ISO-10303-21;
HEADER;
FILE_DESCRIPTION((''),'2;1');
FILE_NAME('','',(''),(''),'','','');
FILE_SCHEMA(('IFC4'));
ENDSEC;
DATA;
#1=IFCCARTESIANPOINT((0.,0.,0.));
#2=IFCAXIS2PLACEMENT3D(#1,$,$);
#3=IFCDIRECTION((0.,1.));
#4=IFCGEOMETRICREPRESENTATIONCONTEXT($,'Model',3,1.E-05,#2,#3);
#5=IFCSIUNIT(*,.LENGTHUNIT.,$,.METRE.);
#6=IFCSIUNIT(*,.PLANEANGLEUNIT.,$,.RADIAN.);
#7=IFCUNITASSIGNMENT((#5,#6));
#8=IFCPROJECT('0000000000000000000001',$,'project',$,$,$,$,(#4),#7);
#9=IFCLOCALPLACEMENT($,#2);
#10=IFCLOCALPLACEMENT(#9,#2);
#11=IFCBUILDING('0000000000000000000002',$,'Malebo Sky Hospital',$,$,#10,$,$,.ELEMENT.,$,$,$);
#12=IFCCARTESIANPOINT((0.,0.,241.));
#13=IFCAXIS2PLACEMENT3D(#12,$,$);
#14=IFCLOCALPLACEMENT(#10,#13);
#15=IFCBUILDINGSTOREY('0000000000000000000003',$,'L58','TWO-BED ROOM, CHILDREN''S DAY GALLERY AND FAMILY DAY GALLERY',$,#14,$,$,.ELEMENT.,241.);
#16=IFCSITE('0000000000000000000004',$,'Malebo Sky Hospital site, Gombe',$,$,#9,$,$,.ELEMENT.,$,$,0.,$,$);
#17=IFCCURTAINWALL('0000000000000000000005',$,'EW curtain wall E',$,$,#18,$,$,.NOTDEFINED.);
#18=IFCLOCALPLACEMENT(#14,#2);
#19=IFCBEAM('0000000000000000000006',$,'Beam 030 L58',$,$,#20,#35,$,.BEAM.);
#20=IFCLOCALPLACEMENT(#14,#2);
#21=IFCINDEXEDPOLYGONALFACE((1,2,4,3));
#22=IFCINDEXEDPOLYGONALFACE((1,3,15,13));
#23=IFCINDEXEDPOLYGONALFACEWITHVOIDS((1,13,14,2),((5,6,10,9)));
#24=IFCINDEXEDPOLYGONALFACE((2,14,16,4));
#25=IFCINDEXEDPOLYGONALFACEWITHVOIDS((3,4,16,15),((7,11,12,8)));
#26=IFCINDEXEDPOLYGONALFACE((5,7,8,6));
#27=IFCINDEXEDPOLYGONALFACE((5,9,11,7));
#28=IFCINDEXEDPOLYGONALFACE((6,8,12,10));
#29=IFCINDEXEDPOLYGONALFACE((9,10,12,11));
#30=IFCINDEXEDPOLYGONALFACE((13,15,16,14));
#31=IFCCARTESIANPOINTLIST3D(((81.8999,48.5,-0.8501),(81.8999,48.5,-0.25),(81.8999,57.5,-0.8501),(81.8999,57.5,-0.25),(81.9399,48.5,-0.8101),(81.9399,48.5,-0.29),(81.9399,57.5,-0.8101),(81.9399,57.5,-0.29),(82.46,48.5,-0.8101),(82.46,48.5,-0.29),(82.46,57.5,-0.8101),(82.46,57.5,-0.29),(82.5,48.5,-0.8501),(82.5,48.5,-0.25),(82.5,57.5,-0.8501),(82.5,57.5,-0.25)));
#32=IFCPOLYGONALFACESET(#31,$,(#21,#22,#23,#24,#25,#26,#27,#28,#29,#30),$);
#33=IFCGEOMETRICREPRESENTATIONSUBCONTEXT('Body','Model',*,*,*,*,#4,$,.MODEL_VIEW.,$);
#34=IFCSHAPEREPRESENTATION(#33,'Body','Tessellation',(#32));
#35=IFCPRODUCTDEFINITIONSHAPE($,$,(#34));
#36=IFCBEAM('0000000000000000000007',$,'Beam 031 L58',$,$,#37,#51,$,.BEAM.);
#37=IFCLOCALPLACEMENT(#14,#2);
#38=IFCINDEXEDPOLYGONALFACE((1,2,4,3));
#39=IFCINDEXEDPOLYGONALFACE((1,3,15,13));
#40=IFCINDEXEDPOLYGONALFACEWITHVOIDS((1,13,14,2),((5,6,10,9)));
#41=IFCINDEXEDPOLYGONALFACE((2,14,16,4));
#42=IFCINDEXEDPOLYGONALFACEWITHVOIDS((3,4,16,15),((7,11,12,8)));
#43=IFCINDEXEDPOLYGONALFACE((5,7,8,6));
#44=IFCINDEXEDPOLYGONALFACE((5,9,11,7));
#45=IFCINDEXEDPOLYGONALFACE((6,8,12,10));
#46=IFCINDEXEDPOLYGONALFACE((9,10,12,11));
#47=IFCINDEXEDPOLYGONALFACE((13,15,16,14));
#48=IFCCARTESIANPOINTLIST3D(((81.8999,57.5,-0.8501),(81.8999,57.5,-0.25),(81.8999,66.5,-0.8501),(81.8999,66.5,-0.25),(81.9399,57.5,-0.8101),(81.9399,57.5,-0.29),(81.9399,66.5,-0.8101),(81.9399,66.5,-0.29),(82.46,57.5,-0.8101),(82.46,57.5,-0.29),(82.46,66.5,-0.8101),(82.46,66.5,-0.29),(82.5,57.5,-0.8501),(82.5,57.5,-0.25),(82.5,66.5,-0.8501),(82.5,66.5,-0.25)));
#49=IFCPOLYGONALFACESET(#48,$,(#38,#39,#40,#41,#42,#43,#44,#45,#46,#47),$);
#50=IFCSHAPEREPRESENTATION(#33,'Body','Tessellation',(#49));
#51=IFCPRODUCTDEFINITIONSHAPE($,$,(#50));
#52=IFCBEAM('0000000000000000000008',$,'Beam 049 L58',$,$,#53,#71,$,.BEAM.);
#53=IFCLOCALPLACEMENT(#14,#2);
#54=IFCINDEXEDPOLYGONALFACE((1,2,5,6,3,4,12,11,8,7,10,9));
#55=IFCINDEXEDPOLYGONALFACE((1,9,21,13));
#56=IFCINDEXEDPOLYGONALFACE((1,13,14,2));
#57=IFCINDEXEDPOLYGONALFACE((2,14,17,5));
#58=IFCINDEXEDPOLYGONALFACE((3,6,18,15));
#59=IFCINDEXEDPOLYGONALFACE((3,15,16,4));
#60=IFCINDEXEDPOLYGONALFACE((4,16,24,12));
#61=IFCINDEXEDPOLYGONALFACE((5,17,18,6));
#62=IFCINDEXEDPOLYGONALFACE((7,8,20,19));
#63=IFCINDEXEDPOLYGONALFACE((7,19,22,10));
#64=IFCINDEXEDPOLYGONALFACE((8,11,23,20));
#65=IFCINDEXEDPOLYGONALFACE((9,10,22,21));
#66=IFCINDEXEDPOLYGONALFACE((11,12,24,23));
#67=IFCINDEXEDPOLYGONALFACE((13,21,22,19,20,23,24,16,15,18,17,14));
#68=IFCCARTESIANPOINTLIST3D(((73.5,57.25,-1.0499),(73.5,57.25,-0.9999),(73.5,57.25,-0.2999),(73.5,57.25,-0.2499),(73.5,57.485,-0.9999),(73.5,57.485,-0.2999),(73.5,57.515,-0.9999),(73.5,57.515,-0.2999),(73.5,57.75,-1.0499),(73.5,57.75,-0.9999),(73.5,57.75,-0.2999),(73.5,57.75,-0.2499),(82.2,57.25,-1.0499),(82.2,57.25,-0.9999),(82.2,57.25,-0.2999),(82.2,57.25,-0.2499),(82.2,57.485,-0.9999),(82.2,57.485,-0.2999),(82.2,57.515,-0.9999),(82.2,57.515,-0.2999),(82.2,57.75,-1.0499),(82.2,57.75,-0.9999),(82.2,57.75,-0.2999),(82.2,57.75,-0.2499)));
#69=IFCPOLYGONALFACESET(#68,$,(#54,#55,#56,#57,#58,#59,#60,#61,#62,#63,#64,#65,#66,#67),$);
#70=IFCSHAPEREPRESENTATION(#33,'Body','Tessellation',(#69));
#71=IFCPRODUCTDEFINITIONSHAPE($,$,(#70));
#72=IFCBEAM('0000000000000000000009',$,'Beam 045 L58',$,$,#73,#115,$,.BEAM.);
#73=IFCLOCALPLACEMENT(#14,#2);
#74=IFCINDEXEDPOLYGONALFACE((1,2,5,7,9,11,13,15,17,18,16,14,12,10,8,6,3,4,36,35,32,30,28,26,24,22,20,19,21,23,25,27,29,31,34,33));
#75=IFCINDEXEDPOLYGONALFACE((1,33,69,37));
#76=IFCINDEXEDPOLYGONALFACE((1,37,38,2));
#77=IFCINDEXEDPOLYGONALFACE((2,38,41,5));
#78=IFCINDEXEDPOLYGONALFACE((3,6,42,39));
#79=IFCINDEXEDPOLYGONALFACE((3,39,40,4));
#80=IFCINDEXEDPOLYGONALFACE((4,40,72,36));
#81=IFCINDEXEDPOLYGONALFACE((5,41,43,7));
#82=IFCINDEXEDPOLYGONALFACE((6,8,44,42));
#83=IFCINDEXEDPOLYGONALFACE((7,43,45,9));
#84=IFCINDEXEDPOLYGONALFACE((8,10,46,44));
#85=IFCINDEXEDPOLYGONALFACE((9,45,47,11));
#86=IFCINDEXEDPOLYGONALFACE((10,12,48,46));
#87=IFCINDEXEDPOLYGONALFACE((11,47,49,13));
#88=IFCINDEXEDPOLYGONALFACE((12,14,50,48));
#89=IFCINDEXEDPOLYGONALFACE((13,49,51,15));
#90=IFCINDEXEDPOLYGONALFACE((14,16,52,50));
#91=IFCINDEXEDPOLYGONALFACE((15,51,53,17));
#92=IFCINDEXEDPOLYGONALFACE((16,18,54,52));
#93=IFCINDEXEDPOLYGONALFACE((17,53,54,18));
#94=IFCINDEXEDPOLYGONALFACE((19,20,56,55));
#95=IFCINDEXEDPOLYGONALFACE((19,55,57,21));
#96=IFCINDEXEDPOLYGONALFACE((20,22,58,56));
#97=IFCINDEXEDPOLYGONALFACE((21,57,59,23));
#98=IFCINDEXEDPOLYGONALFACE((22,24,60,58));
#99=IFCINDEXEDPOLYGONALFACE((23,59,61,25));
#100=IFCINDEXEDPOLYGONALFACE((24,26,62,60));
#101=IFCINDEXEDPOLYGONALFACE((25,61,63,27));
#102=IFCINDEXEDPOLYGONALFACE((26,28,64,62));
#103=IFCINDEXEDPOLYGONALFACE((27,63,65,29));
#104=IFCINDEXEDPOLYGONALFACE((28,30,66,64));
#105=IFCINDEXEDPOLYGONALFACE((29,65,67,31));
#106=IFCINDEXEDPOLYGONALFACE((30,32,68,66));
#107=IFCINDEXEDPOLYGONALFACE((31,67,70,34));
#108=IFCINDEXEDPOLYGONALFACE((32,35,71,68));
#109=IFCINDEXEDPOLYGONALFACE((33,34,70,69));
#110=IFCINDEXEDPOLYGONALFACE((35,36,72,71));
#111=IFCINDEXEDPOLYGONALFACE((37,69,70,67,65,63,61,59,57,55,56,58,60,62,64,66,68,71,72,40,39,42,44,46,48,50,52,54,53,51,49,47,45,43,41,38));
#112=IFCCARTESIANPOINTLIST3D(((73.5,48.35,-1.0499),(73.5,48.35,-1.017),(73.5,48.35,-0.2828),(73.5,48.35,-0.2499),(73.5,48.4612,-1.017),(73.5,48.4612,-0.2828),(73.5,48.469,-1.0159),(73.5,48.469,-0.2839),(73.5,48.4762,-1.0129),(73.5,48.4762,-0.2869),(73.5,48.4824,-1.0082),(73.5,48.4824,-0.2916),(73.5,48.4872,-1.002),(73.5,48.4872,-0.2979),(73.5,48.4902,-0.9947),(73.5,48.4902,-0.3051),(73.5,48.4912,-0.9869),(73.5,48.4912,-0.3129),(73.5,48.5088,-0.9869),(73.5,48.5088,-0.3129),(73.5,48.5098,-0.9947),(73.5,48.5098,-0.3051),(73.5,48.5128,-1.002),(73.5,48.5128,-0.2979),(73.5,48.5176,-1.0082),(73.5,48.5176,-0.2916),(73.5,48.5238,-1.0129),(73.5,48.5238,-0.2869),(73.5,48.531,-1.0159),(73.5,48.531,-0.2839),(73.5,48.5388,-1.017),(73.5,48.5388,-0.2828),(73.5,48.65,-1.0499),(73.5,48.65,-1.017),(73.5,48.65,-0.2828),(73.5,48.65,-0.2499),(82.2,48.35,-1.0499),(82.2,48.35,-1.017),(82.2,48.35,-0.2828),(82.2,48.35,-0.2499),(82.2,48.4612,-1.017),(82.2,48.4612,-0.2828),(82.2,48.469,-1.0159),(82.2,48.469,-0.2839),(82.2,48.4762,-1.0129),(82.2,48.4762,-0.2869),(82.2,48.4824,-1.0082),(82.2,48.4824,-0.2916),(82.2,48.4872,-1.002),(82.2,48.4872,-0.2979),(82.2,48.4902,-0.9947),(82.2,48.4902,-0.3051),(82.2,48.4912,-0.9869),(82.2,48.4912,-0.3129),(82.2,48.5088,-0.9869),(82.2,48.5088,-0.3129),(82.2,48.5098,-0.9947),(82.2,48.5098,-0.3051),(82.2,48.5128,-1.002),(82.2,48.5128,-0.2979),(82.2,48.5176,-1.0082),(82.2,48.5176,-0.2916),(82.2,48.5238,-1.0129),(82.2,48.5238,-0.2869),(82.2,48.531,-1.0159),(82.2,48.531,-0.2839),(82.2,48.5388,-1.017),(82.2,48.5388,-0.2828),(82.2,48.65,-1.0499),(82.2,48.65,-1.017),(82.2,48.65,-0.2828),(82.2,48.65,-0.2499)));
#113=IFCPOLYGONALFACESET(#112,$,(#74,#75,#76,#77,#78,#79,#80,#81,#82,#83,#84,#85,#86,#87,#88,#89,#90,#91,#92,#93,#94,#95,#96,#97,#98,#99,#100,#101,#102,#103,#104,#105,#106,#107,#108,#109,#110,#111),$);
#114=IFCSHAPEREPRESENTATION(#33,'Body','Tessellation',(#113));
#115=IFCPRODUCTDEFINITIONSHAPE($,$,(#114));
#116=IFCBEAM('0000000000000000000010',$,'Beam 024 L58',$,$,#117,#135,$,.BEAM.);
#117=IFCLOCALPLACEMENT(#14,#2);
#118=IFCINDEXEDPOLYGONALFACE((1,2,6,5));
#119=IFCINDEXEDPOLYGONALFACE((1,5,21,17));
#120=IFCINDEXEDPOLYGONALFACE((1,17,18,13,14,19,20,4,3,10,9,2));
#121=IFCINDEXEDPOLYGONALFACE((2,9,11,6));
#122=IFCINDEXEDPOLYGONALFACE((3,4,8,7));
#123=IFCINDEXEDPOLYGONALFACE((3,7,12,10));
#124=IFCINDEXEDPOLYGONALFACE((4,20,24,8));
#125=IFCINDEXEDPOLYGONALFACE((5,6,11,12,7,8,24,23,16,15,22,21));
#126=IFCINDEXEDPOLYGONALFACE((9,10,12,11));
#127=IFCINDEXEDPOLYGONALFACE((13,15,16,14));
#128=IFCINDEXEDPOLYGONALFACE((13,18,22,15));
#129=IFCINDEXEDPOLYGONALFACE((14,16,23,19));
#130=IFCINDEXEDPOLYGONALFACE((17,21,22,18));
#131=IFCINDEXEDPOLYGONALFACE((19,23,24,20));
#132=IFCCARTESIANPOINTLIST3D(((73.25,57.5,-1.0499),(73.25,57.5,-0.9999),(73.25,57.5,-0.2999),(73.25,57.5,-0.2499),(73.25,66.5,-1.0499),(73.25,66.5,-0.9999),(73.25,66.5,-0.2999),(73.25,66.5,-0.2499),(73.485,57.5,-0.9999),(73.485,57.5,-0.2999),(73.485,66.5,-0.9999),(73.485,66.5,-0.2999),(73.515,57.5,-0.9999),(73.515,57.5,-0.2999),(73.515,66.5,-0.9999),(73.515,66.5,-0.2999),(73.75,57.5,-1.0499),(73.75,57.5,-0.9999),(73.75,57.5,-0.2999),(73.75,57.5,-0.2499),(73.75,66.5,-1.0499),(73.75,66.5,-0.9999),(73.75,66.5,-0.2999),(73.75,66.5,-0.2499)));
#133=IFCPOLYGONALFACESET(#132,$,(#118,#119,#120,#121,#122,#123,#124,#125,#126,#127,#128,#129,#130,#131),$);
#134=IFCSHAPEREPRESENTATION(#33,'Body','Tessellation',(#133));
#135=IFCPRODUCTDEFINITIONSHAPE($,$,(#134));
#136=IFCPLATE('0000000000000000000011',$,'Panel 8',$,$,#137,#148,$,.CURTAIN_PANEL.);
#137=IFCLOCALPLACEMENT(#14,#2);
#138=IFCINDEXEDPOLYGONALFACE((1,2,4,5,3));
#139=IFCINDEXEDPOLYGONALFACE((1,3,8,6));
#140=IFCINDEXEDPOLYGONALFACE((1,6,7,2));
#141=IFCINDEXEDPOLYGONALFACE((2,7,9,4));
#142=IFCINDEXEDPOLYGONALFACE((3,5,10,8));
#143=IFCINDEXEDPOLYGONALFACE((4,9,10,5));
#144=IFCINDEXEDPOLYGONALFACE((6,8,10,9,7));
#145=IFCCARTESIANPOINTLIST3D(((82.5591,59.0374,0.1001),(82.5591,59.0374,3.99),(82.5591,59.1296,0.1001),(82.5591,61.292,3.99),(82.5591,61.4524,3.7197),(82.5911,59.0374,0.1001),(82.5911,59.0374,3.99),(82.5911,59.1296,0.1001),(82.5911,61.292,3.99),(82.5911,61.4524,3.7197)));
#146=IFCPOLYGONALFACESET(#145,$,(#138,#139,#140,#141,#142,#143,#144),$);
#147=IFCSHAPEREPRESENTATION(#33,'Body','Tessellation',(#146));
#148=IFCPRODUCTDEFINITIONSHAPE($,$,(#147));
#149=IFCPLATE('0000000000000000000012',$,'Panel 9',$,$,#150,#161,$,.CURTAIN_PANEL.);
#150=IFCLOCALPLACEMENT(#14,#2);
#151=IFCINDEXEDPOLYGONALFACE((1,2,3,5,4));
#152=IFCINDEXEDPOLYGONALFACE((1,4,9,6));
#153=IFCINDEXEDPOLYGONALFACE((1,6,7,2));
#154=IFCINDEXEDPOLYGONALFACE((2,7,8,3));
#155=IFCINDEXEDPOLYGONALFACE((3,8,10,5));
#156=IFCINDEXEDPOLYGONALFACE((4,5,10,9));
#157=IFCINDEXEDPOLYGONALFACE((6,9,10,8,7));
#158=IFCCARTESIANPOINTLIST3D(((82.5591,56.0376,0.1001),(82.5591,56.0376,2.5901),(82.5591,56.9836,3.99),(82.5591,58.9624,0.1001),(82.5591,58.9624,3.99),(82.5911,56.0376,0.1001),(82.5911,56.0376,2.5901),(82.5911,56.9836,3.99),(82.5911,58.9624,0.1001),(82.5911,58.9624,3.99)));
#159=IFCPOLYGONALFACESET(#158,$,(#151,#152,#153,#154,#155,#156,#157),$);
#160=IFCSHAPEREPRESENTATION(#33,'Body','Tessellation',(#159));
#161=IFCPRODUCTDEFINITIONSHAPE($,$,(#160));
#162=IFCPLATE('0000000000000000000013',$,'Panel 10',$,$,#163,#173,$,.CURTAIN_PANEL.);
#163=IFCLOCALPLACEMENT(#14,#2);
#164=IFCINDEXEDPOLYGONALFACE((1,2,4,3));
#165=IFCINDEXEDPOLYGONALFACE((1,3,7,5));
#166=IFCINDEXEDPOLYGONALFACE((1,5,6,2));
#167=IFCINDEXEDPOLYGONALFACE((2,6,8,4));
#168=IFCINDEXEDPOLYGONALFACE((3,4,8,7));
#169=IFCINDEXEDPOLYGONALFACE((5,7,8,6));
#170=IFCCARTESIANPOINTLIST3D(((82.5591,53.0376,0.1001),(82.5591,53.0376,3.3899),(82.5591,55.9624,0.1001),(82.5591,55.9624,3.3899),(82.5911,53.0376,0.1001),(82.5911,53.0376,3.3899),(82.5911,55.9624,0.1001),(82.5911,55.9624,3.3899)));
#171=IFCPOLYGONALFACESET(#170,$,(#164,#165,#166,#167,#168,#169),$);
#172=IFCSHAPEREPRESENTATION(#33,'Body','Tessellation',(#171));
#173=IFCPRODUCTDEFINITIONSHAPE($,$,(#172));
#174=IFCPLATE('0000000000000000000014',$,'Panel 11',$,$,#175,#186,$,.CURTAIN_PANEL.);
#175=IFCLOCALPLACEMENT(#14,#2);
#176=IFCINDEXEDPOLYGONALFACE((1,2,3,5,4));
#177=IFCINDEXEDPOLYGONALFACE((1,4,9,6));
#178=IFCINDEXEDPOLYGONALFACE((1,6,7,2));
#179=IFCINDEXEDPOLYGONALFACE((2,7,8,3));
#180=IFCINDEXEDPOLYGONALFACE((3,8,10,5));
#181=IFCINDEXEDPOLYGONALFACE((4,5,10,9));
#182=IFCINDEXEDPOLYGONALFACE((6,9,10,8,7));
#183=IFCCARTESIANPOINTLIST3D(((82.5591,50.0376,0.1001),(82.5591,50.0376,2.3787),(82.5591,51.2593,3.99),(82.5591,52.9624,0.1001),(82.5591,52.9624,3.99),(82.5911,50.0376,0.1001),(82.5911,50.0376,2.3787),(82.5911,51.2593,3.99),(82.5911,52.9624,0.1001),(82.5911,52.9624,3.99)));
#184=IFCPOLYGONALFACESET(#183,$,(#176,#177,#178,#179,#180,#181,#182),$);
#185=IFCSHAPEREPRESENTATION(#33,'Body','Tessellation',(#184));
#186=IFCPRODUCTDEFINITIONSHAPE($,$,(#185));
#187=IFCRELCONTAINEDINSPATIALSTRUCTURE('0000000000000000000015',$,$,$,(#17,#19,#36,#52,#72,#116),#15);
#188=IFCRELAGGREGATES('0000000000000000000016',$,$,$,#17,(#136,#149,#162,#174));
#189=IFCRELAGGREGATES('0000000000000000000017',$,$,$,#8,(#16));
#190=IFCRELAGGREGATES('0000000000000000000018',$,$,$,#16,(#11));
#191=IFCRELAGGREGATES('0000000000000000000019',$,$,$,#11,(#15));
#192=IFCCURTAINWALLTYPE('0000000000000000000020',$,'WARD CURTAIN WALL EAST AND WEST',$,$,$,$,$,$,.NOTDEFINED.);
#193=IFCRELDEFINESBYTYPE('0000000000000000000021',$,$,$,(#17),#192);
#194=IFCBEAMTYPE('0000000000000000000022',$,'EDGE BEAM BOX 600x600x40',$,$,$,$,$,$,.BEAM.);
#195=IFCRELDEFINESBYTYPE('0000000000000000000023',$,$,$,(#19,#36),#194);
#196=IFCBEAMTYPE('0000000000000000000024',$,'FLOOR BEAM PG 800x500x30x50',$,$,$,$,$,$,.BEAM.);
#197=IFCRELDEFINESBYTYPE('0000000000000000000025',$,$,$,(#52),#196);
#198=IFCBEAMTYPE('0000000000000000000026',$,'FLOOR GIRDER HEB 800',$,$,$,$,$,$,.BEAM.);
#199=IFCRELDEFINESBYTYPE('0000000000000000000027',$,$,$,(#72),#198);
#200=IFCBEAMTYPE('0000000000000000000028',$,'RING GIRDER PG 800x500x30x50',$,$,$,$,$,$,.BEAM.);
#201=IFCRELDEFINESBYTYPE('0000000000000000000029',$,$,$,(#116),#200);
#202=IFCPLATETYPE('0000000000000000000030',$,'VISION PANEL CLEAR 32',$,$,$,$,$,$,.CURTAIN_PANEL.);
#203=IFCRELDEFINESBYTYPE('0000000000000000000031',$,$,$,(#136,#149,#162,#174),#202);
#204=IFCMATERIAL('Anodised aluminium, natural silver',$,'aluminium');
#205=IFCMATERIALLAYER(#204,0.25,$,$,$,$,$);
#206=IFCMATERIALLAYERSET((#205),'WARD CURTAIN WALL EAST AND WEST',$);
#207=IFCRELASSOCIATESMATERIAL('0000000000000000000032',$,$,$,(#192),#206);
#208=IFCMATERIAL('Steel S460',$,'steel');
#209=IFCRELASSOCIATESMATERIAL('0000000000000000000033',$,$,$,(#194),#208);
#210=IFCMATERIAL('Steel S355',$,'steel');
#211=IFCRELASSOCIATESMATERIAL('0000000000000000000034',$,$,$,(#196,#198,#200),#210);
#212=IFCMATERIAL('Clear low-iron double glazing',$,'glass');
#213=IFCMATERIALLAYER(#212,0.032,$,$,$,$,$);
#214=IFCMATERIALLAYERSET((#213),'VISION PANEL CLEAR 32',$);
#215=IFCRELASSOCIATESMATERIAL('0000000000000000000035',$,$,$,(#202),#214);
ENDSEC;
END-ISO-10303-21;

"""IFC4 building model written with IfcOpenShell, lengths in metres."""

from ifc_helpers import new_model, si_unit, direction, frame, origin, origin_2d, place, context, subcontext, project, spatial, polyline, hollow_rectangle, i_section, outline, extrude, material, layer, layer_set, material_profile, profile_set, type_object, element, aggregate, save


model = new_model("IFC4")

# Units and contexts
model_context = context("Model", 3, precision=1e-05, world=origin(), true_north=direction((0.0, 1.0)))
body_context = subcontext(model_context, "Body", "Model", "MODEL_VIEW")
ifc_project = project(units=[si_unit("LENGTHUNIT", "METRE"), si_unit("PLANEANGLEUNIT", "RADIAN")], contexts=[model_context])

# Site, building, storey
site_placement = place(None, origin())
site = spatial("IfcSite", under=ifc_project, at=site_placement, Name="Malebo Sky Hospital site, Gombe", CompositionType="ELEMENT", RefElevation=0.0)
building_placement = place(site_placement, origin())
building = spatial("IfcBuilding", under=site, at=building_placement, Name="Malebo Sky Hospital", CompositionType="ELEMENT")
storey_placement = place(building_placement, frame((0.0, 0.0, 241.0)))
storey = spatial("IfcBuildingStorey", under=building, at=storey_placement, Name="L58", Description="TWO-BED ROOM, CHILDREN'S DAY GALLERY AND FAMILY DAY GALLERY", CompositionType="ELEMENT", Elevation=241.0)

# Shared definitions
ifc_material_1 = material(Name="Steel S460", Category="steel")

# Curtain wall
ifc_material_2 = material(Name="Anodised aluminium, natural silver", Category="aluminium")
ifc_layer_1 = layer(ifc_material_2, 0.25)
ifc_layer_set_1 = layer_set([ifc_layer_1], Name="WARD CURTAIN WALL EAST AND WEST")
curtain_wall_type = type_object("IfcCurtainWallType", Name="WARD CURTAIN WALL EAST AND WEST", PredefinedType="NOTDEFINED", material=ifc_layer_set_1)
curtain_wall_placement = place(storey_placement, origin())
curtain_wall = element("IfcCurtainWall", 1, at=curtain_wall_placement, inside=storey, type_object=curtain_wall_type, Name="EW curtain wall E", PredefinedType="NOTDEFINED")

# Shared definitions
ifc_material_3 = material(Name="Steel S355", Category="steel")

# Beams
ifc_material_profile_1 = material_profile(ifc_material_1, hollow_rectangle(XDim=0.6001, YDim=0.6001, WallThickness=0.04, at=origin_2d()), Name="BOX 600x600x40")
ifc_profile_set_1 = profile_set([ifc_material_profile_1], Name="Steel S460")
beam_type_1 = type_object("IfcBeamType", Name="EDGE BEAM BOX 600x600x40", PredefinedType="BEAM", material=ifc_profile_set_1)
for number, where, z_axis, x_axis, name in (
    (2, (82.2, 48.5, -0.55), (0.0, 1.0, 0.0), (-1.0, 0.0, 0.0), "Beam 030 L58"),
    (3, (82.2, 57.5, -0.55), (0.0, 1.0, 0.0), (-1.0, 0.0, 0.0), "Beam 031 L58"),
):
    element("IfcBeam", number, at=place(storey_placement, frame(where, z_axis=z_axis, x_axis=x_axis)), inside=storey, type_object=beam_type_1, Name=name, PredefinedType="BEAM", context=body_context, shape_type="SweptSolid", body=[
        extrude(hollow_rectangle(XDim=0.6001, YDim=0.6001, WallThickness=0.04, at=origin_2d()), origin(), (0.0, 0.0, 1.0), 9.0),
    ])
ifc_material_profile_2 = material_profile(ifc_material_3, i_section(OverallWidth=0.5, OverallDepth=0.8, WebThickness=0.03, FlangeThickness=0.05, at=origin_2d()), Name="PG 800x500x30x50")
ifc_profile_set_2 = profile_set([ifc_material_profile_2], Name="Steel S355")
beam_type_2 = type_object("IfcBeamType", Name="FLOOR BEAM PG 800x500x30x50", PredefinedType="BEAM", material=ifc_profile_set_2)
beam_1_placement = place(storey_placement, frame((73.5, 57.5, -0.6499), z_axis=(1.0, 0.0, 0.0), x_axis=(0.0, 1.0, 0.0)))
element("IfcBeam", 4, at=beam_1_placement, inside=storey, type_object=beam_type_2, Name="Beam 049 L58", PredefinedType="BEAM", context=body_context, shape_type="SweptSolid", body=[
    extrude(i_section(OverallWidth=0.5, OverallDepth=0.8, WebThickness=0.03, FlangeThickness=0.05, at=origin_2d()), origin(), (0.0, 0.0, 1.0), 8.7),
])
ifc_material_profile_3 = material_profile(ifc_material_3, i_section(OverallWidth=0.3, OverallDepth=0.8, WebThickness=0.0176, FlangeThickness=0.033, FilletRadius=0.03, at=origin_2d()), Name="HEB 800")
ifc_profile_set_3 = profile_set([ifc_material_profile_3], Name="Steel S355")
beam_type_3 = type_object("IfcBeamType", Name="FLOOR GIRDER HEB 800", PredefinedType="BEAM", material=ifc_profile_set_3)
beam_2_placement = place(storey_placement, frame((73.5, 48.5, -0.6499), z_axis=(1.0, 0.0, 0.0), x_axis=(0.0, 1.0, 0.0)))
element("IfcBeam", 5, at=beam_2_placement, inside=storey, type_object=beam_type_3, Name="Beam 045 L58", PredefinedType="BEAM", context=body_context, shape_type="SweptSolid", body=[
    extrude(i_section(OverallWidth=0.3, OverallDepth=0.8, WebThickness=0.0176, FlangeThickness=0.033, FilletRadius=0.03, at=origin_2d()), origin(), (0.0, 0.0, 1.0), 8.7),
])
ifc_material_profile_4 = material_profile(ifc_material_3, i_section(OverallWidth=0.5, OverallDepth=0.8, WebThickness=0.03, FlangeThickness=0.05, at=origin_2d()), Name="PG 800x500x30x50")
ifc_profile_set_4 = profile_set([ifc_material_profile_4], Name="Steel S355")
beam_type_4 = type_object("IfcBeamType", Name="RING GIRDER PG 800x500x30x50", PredefinedType="BEAM", material=ifc_profile_set_4)
beam_3_placement = place(storey_placement, frame((73.5, 57.5, -0.6499), z_axis=(0.0, 1.0, 0.0), x_axis=(-1.0, 0.0, 0.0)))
element("IfcBeam", 6, at=beam_3_placement, inside=storey, type_object=beam_type_4, Name="Beam 024 L58", PredefinedType="BEAM", context=body_context, shape_type="SweptSolid", body=[
    extrude(i_section(OverallWidth=0.5, OverallDepth=0.8, WebThickness=0.03, FlangeThickness=0.05, at=origin_2d()), origin(), (0.0, 0.0, 1.0), 9.0),
])

# Plates
ifc_material_4 = material(Name="Clear low-iron double glazing", Category="glass")
ifc_layer_2 = layer(ifc_material_4, 0.032)
ifc_layer_set_2 = layer_set([ifc_layer_2], Name="VISION PANEL CLEAR 32")
plate_type = type_object("IfcPlateType", Name="VISION PANEL CLEAR 32", PredefinedType="CURTAIN_PANEL", material=ifc_layer_set_2)
plate_1_placement = place(storey_placement, frame((82.575, 60.2449, 0.1001), z_axis=(0.0, 0.0, 1.0), x_axis=(0.0, -1.0, 0.0)))
plate_1 = element("IfcPlate", 7, at=plate_1_placement, type_object=plate_type, Name="Panel 8", PredefinedType="CURTAIN_PANEL", context=body_context, shape_type="SweptSolid", body=[
    extrude(outline(polyline([(1.1152, 0.0), (1.2075, 0.0), (1.2075, 3.8899), (-1.0471, 3.8899), (-1.2075, 3.6196), (1.1152, 0.0)])), frame((0.0, 0.0161, 0.0), z_axis=(0.0, -1.0, 0.0), x_axis=(1.0, 0.0, 0.0)), (0.0, 0.0, 1.0), 0.032),
])
plate_2_placement = place(storey_placement, frame((82.575, 57.5, 0.1001), z_axis=(0.0, 0.0, 1.0), x_axis=(0.0, -1.0, 0.0)))
plate_2 = element("IfcPlate", 8, at=plate_2_placement, type_object=plate_type, Name="Panel 9", PredefinedType="CURTAIN_PANEL", context=body_context, shape_type="SweptSolid", body=[
    extrude(outline(polyline([(-1.4624, 0.0), (1.4624, 0.0), (1.4624, 2.49), (0.5164, 3.8899), (-1.4624, 3.8899), (-1.4624, 0.0)])), frame((0.0, 0.0161, 0.0), z_axis=(0.0, -1.0, 0.0), x_axis=(1.0, 0.0, 0.0)), (0.0, 0.0, 1.0), 0.032),
])
plate_3_placement = place(storey_placement, frame((82.575, 54.5, 0.1001), z_axis=(0.0, 0.0, 1.0), x_axis=(0.0, -1.0, 0.0)))
plate_3 = element("IfcPlate", 9, at=plate_3_placement, type_object=plate_type, Name="Panel 10", PredefinedType="CURTAIN_PANEL", context=body_context, shape_type="SweptSolid", body=[
    extrude(outline(polyline([(-1.4624, 0.0), (1.4624, 0.0), (1.4624, 3.2898), (-1.4624, 3.2898), (-1.4624, 0.0)])), frame((0.0, 0.0161, 0.0), z_axis=(0.0, -1.0, 0.0), x_axis=(1.0, 0.0, 0.0)), (0.0, 0.0, 1.0), 0.032),
])
plate_4_placement = place(storey_placement, frame((82.575, 51.5, 0.1001), z_axis=(0.0, 0.0, 1.0), x_axis=(0.0, -1.0, 0.0)))
plate_4 = element("IfcPlate", 10, at=plate_4_placement, type_object=plate_type, Name="Panel 11", PredefinedType="CURTAIN_PANEL", context=body_context, shape_type="SweptSolid", body=[
    extrude(outline(polyline([(-1.4624, 0.0), (1.4624, 0.0), (1.4624, 2.2786), (0.2407, 3.8899), (-1.4624, 3.8899), (-1.4624, 0.0)])), frame((0.0, 0.0161, 0.0), z_axis=(0.0, -1.0, 0.0), x_axis=(1.0, 0.0, 0.0)), (0.0, 0.0, 1.0), 0.032),
])
aggregate(curtain_wall, [plate_1, plate_2, plate_3, plate_4])

save(model, "model.ifc")
